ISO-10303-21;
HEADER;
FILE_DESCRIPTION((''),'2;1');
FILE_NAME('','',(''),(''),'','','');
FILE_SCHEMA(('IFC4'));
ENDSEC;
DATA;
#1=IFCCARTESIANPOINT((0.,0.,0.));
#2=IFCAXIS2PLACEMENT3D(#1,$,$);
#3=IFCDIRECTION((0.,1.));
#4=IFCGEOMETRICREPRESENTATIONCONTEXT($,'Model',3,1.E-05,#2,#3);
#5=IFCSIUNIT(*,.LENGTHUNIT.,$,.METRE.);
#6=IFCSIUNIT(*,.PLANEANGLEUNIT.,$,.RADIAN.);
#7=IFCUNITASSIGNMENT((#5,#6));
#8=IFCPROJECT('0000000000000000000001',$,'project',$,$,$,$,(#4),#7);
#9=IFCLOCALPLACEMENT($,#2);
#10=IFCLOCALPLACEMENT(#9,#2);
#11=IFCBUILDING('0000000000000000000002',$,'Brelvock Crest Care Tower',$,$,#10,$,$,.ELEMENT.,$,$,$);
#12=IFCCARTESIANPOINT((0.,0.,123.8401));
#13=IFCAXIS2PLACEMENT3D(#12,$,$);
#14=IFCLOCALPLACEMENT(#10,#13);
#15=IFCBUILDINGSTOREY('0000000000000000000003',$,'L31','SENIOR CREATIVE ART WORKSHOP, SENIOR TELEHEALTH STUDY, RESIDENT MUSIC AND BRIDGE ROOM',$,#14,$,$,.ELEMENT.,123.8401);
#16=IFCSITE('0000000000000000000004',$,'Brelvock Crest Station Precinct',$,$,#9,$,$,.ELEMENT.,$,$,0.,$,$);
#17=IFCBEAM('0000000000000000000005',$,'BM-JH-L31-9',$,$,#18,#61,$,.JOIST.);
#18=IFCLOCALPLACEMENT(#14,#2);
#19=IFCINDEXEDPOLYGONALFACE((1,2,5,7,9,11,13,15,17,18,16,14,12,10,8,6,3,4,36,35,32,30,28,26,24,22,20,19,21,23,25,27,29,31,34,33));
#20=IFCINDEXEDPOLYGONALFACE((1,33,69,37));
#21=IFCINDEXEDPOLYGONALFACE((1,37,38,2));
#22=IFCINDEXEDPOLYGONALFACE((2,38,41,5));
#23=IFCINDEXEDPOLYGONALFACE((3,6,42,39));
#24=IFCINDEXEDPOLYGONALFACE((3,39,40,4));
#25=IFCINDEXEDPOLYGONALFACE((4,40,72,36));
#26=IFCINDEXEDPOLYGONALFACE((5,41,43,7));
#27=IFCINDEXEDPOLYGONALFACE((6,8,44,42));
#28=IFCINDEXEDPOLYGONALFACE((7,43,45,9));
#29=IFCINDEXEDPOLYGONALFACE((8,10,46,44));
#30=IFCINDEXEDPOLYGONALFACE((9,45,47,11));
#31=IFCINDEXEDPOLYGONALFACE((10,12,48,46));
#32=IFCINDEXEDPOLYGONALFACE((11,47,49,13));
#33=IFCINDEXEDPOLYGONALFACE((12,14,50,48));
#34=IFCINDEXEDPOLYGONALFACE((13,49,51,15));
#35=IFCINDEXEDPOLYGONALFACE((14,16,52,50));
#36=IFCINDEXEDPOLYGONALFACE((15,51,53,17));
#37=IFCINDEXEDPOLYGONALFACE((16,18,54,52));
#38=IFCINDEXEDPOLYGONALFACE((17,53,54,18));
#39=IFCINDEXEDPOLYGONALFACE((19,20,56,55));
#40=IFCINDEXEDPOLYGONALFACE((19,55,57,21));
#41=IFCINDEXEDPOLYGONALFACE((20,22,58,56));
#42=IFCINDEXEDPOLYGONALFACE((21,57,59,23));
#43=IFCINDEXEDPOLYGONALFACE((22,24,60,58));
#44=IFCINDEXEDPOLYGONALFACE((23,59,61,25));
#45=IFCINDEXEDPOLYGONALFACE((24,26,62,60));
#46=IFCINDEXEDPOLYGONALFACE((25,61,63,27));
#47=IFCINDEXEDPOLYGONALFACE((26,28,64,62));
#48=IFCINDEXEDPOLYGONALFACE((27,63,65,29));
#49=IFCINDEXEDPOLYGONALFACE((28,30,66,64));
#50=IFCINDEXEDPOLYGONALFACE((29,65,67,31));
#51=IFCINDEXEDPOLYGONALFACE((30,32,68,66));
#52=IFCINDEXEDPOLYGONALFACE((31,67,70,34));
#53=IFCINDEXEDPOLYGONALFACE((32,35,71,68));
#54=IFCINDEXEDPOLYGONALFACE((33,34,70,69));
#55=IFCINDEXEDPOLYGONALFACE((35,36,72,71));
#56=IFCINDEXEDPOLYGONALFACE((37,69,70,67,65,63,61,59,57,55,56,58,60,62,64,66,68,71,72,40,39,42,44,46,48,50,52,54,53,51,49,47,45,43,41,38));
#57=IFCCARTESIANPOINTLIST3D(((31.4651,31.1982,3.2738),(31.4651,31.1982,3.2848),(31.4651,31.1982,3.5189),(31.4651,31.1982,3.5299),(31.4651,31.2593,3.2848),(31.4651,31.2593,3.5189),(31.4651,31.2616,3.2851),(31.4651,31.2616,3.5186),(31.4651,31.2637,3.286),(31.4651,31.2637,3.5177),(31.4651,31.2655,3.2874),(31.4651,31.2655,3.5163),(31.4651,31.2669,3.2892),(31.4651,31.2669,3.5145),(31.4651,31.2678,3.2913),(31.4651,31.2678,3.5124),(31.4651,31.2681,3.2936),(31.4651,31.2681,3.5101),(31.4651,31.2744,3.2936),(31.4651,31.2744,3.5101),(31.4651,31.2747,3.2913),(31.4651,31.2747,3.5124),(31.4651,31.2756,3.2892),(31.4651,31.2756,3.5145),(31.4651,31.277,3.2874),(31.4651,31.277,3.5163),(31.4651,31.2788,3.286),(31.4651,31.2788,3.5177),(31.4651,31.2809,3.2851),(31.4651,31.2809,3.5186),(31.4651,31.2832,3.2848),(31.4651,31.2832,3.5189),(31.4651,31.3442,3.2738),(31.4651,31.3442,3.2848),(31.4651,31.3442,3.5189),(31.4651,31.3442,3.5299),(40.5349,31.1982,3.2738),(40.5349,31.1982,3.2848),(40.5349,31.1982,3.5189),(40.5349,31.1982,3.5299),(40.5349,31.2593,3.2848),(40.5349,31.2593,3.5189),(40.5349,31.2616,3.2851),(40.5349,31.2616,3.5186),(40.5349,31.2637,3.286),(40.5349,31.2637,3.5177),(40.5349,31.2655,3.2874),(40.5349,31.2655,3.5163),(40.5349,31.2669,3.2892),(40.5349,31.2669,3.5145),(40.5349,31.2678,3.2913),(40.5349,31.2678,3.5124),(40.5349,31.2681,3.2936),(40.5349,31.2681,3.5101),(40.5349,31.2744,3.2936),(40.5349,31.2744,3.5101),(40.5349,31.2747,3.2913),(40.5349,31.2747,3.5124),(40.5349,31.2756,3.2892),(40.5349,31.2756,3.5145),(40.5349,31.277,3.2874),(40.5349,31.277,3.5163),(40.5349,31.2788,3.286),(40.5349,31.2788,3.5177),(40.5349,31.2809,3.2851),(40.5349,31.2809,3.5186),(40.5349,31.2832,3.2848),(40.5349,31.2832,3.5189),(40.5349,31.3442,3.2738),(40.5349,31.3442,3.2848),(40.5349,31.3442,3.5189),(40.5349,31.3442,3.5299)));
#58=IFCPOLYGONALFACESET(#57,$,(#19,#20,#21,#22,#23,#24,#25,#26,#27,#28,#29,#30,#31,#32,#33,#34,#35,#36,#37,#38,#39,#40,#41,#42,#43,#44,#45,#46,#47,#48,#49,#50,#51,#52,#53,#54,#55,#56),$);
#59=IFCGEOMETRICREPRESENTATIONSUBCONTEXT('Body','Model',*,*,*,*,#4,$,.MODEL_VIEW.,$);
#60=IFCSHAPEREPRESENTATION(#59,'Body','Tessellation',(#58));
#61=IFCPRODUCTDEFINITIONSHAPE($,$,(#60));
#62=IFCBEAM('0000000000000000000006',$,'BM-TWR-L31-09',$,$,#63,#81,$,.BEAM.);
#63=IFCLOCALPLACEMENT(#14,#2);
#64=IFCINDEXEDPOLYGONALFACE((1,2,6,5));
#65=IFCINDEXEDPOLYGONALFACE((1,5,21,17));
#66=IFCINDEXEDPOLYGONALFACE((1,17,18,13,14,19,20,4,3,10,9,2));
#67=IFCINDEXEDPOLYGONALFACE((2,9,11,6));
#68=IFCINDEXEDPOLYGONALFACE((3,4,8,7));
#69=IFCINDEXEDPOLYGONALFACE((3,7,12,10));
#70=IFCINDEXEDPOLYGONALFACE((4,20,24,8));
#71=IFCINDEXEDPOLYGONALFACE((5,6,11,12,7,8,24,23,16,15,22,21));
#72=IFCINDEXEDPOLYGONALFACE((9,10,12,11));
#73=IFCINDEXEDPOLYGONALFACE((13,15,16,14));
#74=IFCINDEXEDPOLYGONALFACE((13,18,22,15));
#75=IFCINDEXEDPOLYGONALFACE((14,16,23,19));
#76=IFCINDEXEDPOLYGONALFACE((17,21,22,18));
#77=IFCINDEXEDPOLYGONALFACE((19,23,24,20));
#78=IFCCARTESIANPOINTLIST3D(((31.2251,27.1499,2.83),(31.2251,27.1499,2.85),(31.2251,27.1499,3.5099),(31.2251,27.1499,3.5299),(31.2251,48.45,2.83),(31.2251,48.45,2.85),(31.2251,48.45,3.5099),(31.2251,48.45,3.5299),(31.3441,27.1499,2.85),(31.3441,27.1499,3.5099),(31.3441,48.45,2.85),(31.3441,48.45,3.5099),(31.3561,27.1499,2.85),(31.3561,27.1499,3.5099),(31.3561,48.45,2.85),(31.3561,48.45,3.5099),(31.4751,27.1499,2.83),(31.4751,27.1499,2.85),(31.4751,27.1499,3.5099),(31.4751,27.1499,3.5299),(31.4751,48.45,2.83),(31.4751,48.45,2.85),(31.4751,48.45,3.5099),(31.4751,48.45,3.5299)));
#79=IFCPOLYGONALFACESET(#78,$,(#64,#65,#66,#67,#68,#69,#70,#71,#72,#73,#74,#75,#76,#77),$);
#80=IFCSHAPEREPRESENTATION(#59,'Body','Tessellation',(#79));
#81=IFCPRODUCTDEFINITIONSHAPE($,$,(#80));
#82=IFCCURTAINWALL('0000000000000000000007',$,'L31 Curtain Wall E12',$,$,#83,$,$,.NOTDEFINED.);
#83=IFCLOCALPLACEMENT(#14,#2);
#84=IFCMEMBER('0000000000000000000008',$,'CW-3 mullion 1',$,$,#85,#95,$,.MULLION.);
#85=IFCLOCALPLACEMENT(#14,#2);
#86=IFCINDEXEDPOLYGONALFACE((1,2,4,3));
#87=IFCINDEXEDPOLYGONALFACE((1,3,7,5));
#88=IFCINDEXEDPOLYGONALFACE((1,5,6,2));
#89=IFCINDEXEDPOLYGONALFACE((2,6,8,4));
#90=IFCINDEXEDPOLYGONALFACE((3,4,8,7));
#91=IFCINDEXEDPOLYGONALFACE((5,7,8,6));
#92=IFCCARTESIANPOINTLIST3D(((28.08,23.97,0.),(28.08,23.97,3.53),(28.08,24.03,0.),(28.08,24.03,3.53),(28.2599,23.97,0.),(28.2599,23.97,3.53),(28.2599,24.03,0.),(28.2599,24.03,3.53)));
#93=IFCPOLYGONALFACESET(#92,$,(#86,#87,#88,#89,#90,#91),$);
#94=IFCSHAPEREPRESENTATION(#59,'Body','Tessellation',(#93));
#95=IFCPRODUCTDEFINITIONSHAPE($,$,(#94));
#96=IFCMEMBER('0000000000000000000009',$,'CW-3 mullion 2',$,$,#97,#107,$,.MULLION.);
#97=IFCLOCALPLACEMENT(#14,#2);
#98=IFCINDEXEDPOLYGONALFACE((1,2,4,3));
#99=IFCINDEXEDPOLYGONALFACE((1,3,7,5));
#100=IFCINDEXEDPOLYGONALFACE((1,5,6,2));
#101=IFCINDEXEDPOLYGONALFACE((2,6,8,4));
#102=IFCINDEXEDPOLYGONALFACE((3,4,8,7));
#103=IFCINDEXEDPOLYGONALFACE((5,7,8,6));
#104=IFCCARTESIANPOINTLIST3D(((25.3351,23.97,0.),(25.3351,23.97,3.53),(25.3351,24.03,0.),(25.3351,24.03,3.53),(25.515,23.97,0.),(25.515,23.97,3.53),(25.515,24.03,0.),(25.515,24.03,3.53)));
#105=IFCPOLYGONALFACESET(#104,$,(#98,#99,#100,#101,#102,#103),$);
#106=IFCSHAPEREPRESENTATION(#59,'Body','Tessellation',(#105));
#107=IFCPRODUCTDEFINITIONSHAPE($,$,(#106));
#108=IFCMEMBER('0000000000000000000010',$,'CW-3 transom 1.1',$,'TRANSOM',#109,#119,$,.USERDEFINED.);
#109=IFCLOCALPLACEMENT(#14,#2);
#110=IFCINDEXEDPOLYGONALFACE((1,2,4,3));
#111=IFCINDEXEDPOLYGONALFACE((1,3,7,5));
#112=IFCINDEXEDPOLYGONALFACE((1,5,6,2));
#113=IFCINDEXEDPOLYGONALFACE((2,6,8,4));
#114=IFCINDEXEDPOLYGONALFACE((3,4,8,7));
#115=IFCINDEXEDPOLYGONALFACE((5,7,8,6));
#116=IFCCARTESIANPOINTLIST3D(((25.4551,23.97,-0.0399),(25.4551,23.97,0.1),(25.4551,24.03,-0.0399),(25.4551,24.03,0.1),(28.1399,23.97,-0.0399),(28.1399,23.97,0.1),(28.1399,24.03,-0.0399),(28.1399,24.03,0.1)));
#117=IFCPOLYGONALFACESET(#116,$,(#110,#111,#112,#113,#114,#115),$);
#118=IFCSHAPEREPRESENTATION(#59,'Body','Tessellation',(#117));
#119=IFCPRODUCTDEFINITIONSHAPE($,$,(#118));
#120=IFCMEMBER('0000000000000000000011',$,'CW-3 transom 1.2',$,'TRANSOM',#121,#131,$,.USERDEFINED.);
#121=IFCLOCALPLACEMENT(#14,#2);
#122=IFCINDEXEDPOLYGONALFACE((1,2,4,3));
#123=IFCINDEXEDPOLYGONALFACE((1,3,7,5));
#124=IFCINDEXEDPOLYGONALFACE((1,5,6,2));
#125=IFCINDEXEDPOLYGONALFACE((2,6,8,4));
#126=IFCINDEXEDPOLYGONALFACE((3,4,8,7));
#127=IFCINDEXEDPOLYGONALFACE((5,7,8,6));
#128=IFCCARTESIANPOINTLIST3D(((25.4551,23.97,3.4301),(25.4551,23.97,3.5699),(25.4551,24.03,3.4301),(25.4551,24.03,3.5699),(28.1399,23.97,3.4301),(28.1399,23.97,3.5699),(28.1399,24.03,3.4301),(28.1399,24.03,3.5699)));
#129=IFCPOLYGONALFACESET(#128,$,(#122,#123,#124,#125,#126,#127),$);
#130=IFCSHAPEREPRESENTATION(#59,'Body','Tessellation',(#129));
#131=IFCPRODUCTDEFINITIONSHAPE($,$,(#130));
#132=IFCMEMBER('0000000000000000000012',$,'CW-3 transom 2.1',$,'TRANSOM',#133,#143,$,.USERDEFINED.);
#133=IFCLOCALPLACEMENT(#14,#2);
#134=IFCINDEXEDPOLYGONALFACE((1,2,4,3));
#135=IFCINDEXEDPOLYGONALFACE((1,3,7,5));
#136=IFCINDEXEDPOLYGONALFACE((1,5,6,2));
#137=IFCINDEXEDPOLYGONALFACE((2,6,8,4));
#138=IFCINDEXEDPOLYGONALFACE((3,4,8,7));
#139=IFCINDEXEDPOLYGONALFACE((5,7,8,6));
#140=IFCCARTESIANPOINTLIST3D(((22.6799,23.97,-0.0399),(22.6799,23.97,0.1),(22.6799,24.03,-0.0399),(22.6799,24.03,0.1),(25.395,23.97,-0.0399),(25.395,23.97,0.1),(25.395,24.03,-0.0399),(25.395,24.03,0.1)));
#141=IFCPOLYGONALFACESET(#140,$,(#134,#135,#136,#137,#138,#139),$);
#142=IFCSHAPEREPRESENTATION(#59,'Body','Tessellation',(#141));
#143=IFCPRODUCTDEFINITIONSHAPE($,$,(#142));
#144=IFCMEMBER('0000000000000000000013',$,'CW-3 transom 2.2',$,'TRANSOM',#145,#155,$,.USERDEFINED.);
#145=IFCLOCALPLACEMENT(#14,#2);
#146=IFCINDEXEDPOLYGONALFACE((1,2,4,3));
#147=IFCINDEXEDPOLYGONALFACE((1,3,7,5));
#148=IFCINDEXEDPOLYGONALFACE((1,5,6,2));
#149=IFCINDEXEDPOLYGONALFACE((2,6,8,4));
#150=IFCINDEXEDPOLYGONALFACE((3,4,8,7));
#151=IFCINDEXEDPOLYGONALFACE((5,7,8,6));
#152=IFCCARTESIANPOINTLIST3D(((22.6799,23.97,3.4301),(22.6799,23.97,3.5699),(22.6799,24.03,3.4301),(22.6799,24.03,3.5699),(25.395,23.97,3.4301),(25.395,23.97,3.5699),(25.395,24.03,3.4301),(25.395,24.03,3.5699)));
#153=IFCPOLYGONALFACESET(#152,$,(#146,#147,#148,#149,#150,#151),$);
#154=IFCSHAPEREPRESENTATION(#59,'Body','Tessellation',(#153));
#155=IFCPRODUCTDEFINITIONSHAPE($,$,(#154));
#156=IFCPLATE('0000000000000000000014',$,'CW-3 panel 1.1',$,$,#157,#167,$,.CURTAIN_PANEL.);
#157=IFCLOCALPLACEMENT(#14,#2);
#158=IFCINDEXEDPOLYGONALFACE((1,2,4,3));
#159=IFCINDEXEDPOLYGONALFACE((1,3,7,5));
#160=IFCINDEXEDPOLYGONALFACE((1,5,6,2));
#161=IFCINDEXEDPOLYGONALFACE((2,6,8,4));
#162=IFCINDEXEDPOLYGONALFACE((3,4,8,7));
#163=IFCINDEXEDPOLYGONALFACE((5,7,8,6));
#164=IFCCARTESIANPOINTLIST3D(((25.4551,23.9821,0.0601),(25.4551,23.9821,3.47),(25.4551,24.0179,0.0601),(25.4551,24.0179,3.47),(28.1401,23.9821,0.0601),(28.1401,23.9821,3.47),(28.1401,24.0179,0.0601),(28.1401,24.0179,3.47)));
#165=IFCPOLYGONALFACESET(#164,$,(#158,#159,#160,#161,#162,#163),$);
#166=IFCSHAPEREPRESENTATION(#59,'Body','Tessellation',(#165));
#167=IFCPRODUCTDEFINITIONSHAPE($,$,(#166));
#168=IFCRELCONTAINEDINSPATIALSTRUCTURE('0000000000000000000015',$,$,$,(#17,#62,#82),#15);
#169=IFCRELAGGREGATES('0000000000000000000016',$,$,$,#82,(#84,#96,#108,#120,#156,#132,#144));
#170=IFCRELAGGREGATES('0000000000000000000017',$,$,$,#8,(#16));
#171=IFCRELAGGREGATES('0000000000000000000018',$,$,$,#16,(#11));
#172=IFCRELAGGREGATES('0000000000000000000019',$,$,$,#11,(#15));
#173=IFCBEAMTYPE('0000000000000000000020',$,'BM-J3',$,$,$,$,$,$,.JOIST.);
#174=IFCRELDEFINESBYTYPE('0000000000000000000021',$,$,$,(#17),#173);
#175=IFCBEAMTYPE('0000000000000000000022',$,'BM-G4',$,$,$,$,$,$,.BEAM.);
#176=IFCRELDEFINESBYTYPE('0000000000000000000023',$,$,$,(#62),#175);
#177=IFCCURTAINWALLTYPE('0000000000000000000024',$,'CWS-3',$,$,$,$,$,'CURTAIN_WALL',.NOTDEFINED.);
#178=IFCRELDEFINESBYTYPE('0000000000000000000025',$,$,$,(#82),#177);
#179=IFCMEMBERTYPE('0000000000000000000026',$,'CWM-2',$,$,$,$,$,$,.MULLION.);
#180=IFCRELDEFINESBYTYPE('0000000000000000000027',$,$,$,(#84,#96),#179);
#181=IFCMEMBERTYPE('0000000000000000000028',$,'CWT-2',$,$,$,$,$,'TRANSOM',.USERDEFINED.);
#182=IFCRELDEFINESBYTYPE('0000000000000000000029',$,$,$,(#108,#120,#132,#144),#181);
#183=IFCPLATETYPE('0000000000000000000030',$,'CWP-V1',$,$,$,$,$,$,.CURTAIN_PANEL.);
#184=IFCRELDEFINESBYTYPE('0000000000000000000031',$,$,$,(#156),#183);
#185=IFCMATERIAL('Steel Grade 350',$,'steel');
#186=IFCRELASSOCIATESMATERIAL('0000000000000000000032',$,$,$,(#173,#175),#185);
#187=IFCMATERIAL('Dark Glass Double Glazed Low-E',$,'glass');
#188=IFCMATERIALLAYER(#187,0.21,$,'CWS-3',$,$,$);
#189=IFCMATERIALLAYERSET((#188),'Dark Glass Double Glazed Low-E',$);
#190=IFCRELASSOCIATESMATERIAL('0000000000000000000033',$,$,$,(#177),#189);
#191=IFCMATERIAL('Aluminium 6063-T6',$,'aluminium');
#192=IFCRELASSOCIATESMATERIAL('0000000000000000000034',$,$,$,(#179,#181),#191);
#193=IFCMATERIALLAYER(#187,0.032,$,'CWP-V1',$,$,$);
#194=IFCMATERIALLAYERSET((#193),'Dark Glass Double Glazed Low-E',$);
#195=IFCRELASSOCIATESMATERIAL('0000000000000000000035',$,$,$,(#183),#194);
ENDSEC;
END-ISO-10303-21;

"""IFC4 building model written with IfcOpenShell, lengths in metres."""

from ifc_helpers import new_model, si_unit, direction, frame, origin, origin_2d, place, context, subcontext, project, spatial, rectangle, i_section, extrude, source, transform, mapped, material, layer, layer_set, material_profile, profile_set, type_object, element, aggregate, save


model = new_model("IFC4")

# Units and contexts
model_context = context("Model", 3, precision=1e-05, world=origin(), true_north=direction((0.0, 1.0)))
body_context = subcontext(model_context, "Body", "Model", "MODEL_VIEW")
ifc_project = project(units=[si_unit("LENGTHUNIT", "METRE"), si_unit("PLANEANGLEUNIT", "RADIAN")], contexts=[model_context])

# Site, building, storey
site_placement = place(None, origin())
site = spatial("IfcSite", under=ifc_project, at=site_placement, Name="Brelvock Crest Station Precinct", CompositionType="ELEMENT", RefElevation=0.0)
building_placement = place(site_placement, origin())
building = spatial("IfcBuilding", under=site, at=building_placement, Name="Brelvock Crest Care Tower", CompositionType="ELEMENT")
storey_placement = place(building_placement, frame((0.0, 0.0, 123.8401)))
storey = spatial("IfcBuildingStorey", under=building, at=storey_placement, Name="L31", Description="SENIOR CREATIVE ART WORKSHOP, SENIOR TELEHEALTH STUDY, RESIDENT MUSIC AND BRIDGE ROOM", CompositionType="ELEMENT", Elevation=123.8401)

# Shared definitions
ifc_material_1 = material(Name="Steel Grade 350", Category="steel")

# Beams
ifc_material_profile_1 = material_profile(ifc_material_1, i_section(OverallWidth=0.146, OverallDepth=0.2561, WebThickness=0.0063, FlangeThickness=0.011, FilletRadius=0.0088, at=origin_2d()), Name="250UB37.3")
ifc_profile_set_1 = profile_set([ifc_material_profile_1], Name="Steel Grade 350")
beam_type_1 = type_object("IfcBeamType", Name="BM-J3", PredefinedType="JOIST", material=ifc_profile_set_1)
shared_shape_1 = source(origin(), body_context, "Body", "SweptSolid", [
    extrude(i_section(OverallWidth=0.146, OverallDepth=0.2561, WebThickness=0.0063, FlangeThickness=0.011, FilletRadius=0.0088, at=origin_2d()), origin(), (0.0, 0.0, 1.0), 9.0698),
])
for number, where, z_axis, x_axis, name in (
    (1, (31.4651, 31.2712, 3.4019), (1.0, 0.0, 0.0), (0.0, 1.0, 0.0), "BM-JH-L31-9"),
):
    element("IfcBeam", number, at=place(storey_placement, frame(where, z_axis=z_axis, x_axis=x_axis)), inside=storey, type_object=beam_type_1, Name=name, PredefinedType="JOIST", context=body_context, shape_type="MappedRepresentation", body=[
        mapped(shared_shape_1, transform((0.0, 0.0, 0.0), x_axis=(1.0, 0.0, 0.0), y_axis=(0.0, 1.0, 0.0), z_axis=(0.0, 0.0, 1.0), scale=1.0)),
    ])
ifc_material_profile_2 = material_profile(ifc_material_1, i_section(OverallWidth=0.25, OverallDepth=0.7, WebThickness=0.012, FlangeThickness=0.02, at=origin_2d()), Name="700WB150")
ifc_profile_set_2 = profile_set([ifc_material_profile_2], Name="Steel Grade 350")
beam_type_2 = type_object("IfcBeamType", Name="BM-G4", PredefinedType="BEAM", material=ifc_profile_set_2)
shared_shape_2 = source(origin(), body_context, "Body", "SweptSolid", [
    extrude(i_section(OverallWidth=0.25, OverallDepth=0.7, WebThickness=0.012, FlangeThickness=0.02, at=origin_2d()), origin(), (0.0, 0.0, 1.0), 21.3),
])
beam_1_placement = place(storey_placement, frame((31.3501, 27.1499, 3.1799), z_axis=(0.0, 1.0, 0.0), x_axis=(-1.0, 0.0, 0.0)))
element("IfcBeam", 2, at=beam_1_placement, inside=storey, type_object=beam_type_2, Name="BM-TWR-L31-09", PredefinedType="BEAM", context=body_context, shape_type="MappedRepresentation", body=[
    mapped(shared_shape_2, transform((0.0, 0.0, 0.0), x_axis=(1.0, 0.0, 0.0), y_axis=(0.0, 1.0, 0.0), z_axis=(0.0, 0.0, 1.0), scale=1.0)),
])

# Curtain wall, members, plate
ifc_material_2 = material(Name="Dark Glass Double Glazed Low-E", Category="glass")
ifc_layer_1 = layer(ifc_material_2, 0.21, Name="CWS-3")
ifc_layer_set_1 = layer_set([ifc_layer_1], Name="Dark Glass Double Glazed Low-E")
curtain_wall_type = type_object("IfcCurtainWallType", Name="CWS-3", ElementType="CURTAIN_WALL", PredefinedType="NOTDEFINED", material=ifc_layer_set_1)
curtain_wall_placement = place(storey_placement, origin())
curtain_wall = element("IfcCurtainWall", 3, at=curtain_wall_placement, inside=storey, type_object=curtain_wall_type, Name="L31 Curtain Wall E12", PredefinedType="NOTDEFINED")
ifc_material_3 = material(Name="Aluminium 6063-T6", Category="aluminium")
ifc_material_profile_3 = material_profile(ifc_material_3, rectangle(XDim=0.0601, YDim=0.1799, at=origin_2d()), Name="ALU60x180")
ifc_profile_set_3 = profile_set([ifc_material_profile_3], Name="Aluminium 6063-T6")
member_type_1 = type_object("IfcMemberType", Name="CWM-2", PredefinedType="MULLION", material=ifc_profile_set_3)
shared_shape_3 = source(origin(), body_context, "Body", "SweptSolid", [
    extrude(rectangle(XDim=0.0601, YDim=0.1799, at=origin_2d()), origin(), (0.0, 0.0, 1.0), 3.53),
])
member_1_placement = place(storey_placement, frame((28.1699, 24.0, 0.0), z_axis=(0.0, 0.0, 1.0), x_axis=(0.0, -1.0, 0.0)))
member_1 = element("IfcMember", 4, at=member_1_placement, type_object=member_type_1, Name="CW-3 mullion 1", PredefinedType="MULLION", context=body_context, shape_type="MappedRepresentation", body=[
    mapped(shared_shape_3, transform((0.0, 0.0, 0.0), x_axis=(1.0, 0.0, 0.0), y_axis=(0.0, 1.0, 0.0), z_axis=(0.0, 0.0, 1.0), scale=1.0)),
])
member_2_placement = place(storey_placement, frame((25.425, 24.0, 0.0), z_axis=(0.0, 0.0, 1.0), x_axis=(0.0, -1.0, 0.0)))
member_2 = element("IfcMember", 5, at=member_2_placement, type_object=member_type_1, Name="CW-3 mullion 2", PredefinedType="MULLION", context=body_context, shape_type="MappedRepresentation", body=[
    mapped(shared_shape_3, transform((0.0, 0.0, 0.0), x_axis=(1.0, 0.0, 0.0), y_axis=(0.0, 1.0, 0.0), z_axis=(0.0, 0.0, 1.0), scale=1.0)),
])
ifc_material_profile_4 = material_profile(ifc_material_3, rectangle(XDim=0.0601, YDim=0.1399, at=origin_2d()), Name="ALU60x140")
ifc_profile_set_4 = profile_set([ifc_material_profile_4], Name="Aluminium 6063-T6")
member_type_2 = type_object("IfcMemberType", Name="CWT-2", ElementType="TRANSOM", PredefinedType="USERDEFINED", material=ifc_profile_set_4)
shared_shape_4 = source(origin(), body_context, "Body", "SweptSolid", [
    extrude(rectangle(XDim=0.0601, YDim=0.1399, at=origin_2d()), origin(), (0.0, 0.0, 1.0), 2.6848),
])
member_3_placement = place(storey_placement, frame((28.1399, 24.0, 0.03), z_axis=(-1.0, 0.0, 0.0), x_axis=(0.0, -1.0, 0.0)))
member_3 = element("IfcMember", 6, at=member_3_placement, type_object=member_type_2, Name="CW-3 transom 1.1", ObjectType="TRANSOM", PredefinedType="USERDEFINED", context=body_context, shape_type="MappedRepresentation", body=[
    mapped(shared_shape_4, transform((0.0, 0.0, 0.0), x_axis=(1.0, 0.0, 0.0), y_axis=(0.0, 1.0, 0.0), z_axis=(0.0, 0.0, 1.0), scale=1.0)),
])
member_4_placement = place(storey_placement, frame((28.1399, 24.0, 3.5), z_axis=(-1.0, 0.0, 0.0), x_axis=(0.0, -1.0, 0.0)))
member_4 = element("IfcMember", 7, at=member_4_placement, type_object=member_type_2, Name="CW-3 transom 1.2", ObjectType="TRANSOM", PredefinedType="USERDEFINED", context=body_context, shape_type="MappedRepresentation", body=[
    mapped(shared_shape_4, transform((0.0, 0.0, 0.0), x_axis=(1.0, 0.0, 0.0), y_axis=(0.0, 1.0, 0.0), z_axis=(0.0, 0.0, 1.0), scale=1.0)),
])
shared_shape_5 = source(origin(), body_context, "Body", "SweptSolid", [
    extrude(rectangle(XDim=0.0601, YDim=0.1399, at=origin_2d()), origin(), (0.0, 0.0, 1.0), 2.7151),
])
member_5_placement = place(storey_placement, frame((25.395, 24.0, 0.03), z_axis=(-1.0, 0.0, 0.0), x_axis=(0.0, -1.0, 0.0)))
member_5 = element("IfcMember", 8, at=member_5_placement, type_object=member_type_2, Name="CW-3 transom 2.1", ObjectType="TRANSOM", PredefinedType="USERDEFINED", context=body_context, shape_type="MappedRepresentation", body=[
    mapped(shared_shape_5, transform((0.0, 0.0, 0.0), x_axis=(1.0, 0.0, 0.0), y_axis=(0.0, 1.0, 0.0), z_axis=(0.0, 0.0, 1.0), scale=1.0)),
])
member_6_placement = place(storey_placement, frame((25.395, 24.0, 3.5), z_axis=(-1.0, 0.0, 0.0), x_axis=(0.0, -1.0, 0.0)))
member_6 = element("IfcMember", 9, at=member_6_placement, type_object=member_type_2, Name="CW-3 transom 2.2", ObjectType="TRANSOM", PredefinedType="USERDEFINED", context=body_context, shape_type="MappedRepresentation", body=[
    mapped(shared_shape_5, transform((0.0, 0.0, 0.0), x_axis=(1.0, 0.0, 0.0), y_axis=(0.0, 1.0, 0.0), z_axis=(0.0, 0.0, 1.0), scale=1.0)),
])
ifc_layer_2 = layer(ifc_material_2, 0.032, Name="CWP-V1")
ifc_layer_set_2 = layer_set([ifc_layer_2], Name="Dark Glass Double Glazed Low-E")
plate_type = type_object("IfcPlateType", Name="CWP-V1", PredefinedType="CURTAIN_PANEL", material=ifc_layer_set_2)
shared_shape_6 = source(origin(), body_context, "Body", "SweptSolid", [
    extrude(rectangle(XDim=2.6851, YDim=0.0359, at=origin_2d()), origin(), (0.0, 0.0, 1.0), 3.4099),
])
plate_1_placement = place(storey_placement, frame((26.7976, 24.0, 0.0601), z_axis=(0.0, 0.0, 1.0), x_axis=(-1.0, 0.0, 0.0)))
plate_1 = element("IfcPlate", 10, at=plate_1_placement, type_object=plate_type, Name="CW-3 panel 1.1", PredefinedType="CURTAIN_PANEL", context=body_context, shape_type="MappedRepresentation", body=[
    mapped(shared_shape_6, transform((0.0, 0.0, 0.0), x_axis=(1.0, 0.0, 0.0), y_axis=(0.0, 1.0, 0.0), z_axis=(0.0, 0.0, 1.0), scale=1.0)),
])
aggregate(curtain_wall, [member_1, member_2, member_3, member_4, plate_1, member_5, member_6])

save(model, "model.ifc")
